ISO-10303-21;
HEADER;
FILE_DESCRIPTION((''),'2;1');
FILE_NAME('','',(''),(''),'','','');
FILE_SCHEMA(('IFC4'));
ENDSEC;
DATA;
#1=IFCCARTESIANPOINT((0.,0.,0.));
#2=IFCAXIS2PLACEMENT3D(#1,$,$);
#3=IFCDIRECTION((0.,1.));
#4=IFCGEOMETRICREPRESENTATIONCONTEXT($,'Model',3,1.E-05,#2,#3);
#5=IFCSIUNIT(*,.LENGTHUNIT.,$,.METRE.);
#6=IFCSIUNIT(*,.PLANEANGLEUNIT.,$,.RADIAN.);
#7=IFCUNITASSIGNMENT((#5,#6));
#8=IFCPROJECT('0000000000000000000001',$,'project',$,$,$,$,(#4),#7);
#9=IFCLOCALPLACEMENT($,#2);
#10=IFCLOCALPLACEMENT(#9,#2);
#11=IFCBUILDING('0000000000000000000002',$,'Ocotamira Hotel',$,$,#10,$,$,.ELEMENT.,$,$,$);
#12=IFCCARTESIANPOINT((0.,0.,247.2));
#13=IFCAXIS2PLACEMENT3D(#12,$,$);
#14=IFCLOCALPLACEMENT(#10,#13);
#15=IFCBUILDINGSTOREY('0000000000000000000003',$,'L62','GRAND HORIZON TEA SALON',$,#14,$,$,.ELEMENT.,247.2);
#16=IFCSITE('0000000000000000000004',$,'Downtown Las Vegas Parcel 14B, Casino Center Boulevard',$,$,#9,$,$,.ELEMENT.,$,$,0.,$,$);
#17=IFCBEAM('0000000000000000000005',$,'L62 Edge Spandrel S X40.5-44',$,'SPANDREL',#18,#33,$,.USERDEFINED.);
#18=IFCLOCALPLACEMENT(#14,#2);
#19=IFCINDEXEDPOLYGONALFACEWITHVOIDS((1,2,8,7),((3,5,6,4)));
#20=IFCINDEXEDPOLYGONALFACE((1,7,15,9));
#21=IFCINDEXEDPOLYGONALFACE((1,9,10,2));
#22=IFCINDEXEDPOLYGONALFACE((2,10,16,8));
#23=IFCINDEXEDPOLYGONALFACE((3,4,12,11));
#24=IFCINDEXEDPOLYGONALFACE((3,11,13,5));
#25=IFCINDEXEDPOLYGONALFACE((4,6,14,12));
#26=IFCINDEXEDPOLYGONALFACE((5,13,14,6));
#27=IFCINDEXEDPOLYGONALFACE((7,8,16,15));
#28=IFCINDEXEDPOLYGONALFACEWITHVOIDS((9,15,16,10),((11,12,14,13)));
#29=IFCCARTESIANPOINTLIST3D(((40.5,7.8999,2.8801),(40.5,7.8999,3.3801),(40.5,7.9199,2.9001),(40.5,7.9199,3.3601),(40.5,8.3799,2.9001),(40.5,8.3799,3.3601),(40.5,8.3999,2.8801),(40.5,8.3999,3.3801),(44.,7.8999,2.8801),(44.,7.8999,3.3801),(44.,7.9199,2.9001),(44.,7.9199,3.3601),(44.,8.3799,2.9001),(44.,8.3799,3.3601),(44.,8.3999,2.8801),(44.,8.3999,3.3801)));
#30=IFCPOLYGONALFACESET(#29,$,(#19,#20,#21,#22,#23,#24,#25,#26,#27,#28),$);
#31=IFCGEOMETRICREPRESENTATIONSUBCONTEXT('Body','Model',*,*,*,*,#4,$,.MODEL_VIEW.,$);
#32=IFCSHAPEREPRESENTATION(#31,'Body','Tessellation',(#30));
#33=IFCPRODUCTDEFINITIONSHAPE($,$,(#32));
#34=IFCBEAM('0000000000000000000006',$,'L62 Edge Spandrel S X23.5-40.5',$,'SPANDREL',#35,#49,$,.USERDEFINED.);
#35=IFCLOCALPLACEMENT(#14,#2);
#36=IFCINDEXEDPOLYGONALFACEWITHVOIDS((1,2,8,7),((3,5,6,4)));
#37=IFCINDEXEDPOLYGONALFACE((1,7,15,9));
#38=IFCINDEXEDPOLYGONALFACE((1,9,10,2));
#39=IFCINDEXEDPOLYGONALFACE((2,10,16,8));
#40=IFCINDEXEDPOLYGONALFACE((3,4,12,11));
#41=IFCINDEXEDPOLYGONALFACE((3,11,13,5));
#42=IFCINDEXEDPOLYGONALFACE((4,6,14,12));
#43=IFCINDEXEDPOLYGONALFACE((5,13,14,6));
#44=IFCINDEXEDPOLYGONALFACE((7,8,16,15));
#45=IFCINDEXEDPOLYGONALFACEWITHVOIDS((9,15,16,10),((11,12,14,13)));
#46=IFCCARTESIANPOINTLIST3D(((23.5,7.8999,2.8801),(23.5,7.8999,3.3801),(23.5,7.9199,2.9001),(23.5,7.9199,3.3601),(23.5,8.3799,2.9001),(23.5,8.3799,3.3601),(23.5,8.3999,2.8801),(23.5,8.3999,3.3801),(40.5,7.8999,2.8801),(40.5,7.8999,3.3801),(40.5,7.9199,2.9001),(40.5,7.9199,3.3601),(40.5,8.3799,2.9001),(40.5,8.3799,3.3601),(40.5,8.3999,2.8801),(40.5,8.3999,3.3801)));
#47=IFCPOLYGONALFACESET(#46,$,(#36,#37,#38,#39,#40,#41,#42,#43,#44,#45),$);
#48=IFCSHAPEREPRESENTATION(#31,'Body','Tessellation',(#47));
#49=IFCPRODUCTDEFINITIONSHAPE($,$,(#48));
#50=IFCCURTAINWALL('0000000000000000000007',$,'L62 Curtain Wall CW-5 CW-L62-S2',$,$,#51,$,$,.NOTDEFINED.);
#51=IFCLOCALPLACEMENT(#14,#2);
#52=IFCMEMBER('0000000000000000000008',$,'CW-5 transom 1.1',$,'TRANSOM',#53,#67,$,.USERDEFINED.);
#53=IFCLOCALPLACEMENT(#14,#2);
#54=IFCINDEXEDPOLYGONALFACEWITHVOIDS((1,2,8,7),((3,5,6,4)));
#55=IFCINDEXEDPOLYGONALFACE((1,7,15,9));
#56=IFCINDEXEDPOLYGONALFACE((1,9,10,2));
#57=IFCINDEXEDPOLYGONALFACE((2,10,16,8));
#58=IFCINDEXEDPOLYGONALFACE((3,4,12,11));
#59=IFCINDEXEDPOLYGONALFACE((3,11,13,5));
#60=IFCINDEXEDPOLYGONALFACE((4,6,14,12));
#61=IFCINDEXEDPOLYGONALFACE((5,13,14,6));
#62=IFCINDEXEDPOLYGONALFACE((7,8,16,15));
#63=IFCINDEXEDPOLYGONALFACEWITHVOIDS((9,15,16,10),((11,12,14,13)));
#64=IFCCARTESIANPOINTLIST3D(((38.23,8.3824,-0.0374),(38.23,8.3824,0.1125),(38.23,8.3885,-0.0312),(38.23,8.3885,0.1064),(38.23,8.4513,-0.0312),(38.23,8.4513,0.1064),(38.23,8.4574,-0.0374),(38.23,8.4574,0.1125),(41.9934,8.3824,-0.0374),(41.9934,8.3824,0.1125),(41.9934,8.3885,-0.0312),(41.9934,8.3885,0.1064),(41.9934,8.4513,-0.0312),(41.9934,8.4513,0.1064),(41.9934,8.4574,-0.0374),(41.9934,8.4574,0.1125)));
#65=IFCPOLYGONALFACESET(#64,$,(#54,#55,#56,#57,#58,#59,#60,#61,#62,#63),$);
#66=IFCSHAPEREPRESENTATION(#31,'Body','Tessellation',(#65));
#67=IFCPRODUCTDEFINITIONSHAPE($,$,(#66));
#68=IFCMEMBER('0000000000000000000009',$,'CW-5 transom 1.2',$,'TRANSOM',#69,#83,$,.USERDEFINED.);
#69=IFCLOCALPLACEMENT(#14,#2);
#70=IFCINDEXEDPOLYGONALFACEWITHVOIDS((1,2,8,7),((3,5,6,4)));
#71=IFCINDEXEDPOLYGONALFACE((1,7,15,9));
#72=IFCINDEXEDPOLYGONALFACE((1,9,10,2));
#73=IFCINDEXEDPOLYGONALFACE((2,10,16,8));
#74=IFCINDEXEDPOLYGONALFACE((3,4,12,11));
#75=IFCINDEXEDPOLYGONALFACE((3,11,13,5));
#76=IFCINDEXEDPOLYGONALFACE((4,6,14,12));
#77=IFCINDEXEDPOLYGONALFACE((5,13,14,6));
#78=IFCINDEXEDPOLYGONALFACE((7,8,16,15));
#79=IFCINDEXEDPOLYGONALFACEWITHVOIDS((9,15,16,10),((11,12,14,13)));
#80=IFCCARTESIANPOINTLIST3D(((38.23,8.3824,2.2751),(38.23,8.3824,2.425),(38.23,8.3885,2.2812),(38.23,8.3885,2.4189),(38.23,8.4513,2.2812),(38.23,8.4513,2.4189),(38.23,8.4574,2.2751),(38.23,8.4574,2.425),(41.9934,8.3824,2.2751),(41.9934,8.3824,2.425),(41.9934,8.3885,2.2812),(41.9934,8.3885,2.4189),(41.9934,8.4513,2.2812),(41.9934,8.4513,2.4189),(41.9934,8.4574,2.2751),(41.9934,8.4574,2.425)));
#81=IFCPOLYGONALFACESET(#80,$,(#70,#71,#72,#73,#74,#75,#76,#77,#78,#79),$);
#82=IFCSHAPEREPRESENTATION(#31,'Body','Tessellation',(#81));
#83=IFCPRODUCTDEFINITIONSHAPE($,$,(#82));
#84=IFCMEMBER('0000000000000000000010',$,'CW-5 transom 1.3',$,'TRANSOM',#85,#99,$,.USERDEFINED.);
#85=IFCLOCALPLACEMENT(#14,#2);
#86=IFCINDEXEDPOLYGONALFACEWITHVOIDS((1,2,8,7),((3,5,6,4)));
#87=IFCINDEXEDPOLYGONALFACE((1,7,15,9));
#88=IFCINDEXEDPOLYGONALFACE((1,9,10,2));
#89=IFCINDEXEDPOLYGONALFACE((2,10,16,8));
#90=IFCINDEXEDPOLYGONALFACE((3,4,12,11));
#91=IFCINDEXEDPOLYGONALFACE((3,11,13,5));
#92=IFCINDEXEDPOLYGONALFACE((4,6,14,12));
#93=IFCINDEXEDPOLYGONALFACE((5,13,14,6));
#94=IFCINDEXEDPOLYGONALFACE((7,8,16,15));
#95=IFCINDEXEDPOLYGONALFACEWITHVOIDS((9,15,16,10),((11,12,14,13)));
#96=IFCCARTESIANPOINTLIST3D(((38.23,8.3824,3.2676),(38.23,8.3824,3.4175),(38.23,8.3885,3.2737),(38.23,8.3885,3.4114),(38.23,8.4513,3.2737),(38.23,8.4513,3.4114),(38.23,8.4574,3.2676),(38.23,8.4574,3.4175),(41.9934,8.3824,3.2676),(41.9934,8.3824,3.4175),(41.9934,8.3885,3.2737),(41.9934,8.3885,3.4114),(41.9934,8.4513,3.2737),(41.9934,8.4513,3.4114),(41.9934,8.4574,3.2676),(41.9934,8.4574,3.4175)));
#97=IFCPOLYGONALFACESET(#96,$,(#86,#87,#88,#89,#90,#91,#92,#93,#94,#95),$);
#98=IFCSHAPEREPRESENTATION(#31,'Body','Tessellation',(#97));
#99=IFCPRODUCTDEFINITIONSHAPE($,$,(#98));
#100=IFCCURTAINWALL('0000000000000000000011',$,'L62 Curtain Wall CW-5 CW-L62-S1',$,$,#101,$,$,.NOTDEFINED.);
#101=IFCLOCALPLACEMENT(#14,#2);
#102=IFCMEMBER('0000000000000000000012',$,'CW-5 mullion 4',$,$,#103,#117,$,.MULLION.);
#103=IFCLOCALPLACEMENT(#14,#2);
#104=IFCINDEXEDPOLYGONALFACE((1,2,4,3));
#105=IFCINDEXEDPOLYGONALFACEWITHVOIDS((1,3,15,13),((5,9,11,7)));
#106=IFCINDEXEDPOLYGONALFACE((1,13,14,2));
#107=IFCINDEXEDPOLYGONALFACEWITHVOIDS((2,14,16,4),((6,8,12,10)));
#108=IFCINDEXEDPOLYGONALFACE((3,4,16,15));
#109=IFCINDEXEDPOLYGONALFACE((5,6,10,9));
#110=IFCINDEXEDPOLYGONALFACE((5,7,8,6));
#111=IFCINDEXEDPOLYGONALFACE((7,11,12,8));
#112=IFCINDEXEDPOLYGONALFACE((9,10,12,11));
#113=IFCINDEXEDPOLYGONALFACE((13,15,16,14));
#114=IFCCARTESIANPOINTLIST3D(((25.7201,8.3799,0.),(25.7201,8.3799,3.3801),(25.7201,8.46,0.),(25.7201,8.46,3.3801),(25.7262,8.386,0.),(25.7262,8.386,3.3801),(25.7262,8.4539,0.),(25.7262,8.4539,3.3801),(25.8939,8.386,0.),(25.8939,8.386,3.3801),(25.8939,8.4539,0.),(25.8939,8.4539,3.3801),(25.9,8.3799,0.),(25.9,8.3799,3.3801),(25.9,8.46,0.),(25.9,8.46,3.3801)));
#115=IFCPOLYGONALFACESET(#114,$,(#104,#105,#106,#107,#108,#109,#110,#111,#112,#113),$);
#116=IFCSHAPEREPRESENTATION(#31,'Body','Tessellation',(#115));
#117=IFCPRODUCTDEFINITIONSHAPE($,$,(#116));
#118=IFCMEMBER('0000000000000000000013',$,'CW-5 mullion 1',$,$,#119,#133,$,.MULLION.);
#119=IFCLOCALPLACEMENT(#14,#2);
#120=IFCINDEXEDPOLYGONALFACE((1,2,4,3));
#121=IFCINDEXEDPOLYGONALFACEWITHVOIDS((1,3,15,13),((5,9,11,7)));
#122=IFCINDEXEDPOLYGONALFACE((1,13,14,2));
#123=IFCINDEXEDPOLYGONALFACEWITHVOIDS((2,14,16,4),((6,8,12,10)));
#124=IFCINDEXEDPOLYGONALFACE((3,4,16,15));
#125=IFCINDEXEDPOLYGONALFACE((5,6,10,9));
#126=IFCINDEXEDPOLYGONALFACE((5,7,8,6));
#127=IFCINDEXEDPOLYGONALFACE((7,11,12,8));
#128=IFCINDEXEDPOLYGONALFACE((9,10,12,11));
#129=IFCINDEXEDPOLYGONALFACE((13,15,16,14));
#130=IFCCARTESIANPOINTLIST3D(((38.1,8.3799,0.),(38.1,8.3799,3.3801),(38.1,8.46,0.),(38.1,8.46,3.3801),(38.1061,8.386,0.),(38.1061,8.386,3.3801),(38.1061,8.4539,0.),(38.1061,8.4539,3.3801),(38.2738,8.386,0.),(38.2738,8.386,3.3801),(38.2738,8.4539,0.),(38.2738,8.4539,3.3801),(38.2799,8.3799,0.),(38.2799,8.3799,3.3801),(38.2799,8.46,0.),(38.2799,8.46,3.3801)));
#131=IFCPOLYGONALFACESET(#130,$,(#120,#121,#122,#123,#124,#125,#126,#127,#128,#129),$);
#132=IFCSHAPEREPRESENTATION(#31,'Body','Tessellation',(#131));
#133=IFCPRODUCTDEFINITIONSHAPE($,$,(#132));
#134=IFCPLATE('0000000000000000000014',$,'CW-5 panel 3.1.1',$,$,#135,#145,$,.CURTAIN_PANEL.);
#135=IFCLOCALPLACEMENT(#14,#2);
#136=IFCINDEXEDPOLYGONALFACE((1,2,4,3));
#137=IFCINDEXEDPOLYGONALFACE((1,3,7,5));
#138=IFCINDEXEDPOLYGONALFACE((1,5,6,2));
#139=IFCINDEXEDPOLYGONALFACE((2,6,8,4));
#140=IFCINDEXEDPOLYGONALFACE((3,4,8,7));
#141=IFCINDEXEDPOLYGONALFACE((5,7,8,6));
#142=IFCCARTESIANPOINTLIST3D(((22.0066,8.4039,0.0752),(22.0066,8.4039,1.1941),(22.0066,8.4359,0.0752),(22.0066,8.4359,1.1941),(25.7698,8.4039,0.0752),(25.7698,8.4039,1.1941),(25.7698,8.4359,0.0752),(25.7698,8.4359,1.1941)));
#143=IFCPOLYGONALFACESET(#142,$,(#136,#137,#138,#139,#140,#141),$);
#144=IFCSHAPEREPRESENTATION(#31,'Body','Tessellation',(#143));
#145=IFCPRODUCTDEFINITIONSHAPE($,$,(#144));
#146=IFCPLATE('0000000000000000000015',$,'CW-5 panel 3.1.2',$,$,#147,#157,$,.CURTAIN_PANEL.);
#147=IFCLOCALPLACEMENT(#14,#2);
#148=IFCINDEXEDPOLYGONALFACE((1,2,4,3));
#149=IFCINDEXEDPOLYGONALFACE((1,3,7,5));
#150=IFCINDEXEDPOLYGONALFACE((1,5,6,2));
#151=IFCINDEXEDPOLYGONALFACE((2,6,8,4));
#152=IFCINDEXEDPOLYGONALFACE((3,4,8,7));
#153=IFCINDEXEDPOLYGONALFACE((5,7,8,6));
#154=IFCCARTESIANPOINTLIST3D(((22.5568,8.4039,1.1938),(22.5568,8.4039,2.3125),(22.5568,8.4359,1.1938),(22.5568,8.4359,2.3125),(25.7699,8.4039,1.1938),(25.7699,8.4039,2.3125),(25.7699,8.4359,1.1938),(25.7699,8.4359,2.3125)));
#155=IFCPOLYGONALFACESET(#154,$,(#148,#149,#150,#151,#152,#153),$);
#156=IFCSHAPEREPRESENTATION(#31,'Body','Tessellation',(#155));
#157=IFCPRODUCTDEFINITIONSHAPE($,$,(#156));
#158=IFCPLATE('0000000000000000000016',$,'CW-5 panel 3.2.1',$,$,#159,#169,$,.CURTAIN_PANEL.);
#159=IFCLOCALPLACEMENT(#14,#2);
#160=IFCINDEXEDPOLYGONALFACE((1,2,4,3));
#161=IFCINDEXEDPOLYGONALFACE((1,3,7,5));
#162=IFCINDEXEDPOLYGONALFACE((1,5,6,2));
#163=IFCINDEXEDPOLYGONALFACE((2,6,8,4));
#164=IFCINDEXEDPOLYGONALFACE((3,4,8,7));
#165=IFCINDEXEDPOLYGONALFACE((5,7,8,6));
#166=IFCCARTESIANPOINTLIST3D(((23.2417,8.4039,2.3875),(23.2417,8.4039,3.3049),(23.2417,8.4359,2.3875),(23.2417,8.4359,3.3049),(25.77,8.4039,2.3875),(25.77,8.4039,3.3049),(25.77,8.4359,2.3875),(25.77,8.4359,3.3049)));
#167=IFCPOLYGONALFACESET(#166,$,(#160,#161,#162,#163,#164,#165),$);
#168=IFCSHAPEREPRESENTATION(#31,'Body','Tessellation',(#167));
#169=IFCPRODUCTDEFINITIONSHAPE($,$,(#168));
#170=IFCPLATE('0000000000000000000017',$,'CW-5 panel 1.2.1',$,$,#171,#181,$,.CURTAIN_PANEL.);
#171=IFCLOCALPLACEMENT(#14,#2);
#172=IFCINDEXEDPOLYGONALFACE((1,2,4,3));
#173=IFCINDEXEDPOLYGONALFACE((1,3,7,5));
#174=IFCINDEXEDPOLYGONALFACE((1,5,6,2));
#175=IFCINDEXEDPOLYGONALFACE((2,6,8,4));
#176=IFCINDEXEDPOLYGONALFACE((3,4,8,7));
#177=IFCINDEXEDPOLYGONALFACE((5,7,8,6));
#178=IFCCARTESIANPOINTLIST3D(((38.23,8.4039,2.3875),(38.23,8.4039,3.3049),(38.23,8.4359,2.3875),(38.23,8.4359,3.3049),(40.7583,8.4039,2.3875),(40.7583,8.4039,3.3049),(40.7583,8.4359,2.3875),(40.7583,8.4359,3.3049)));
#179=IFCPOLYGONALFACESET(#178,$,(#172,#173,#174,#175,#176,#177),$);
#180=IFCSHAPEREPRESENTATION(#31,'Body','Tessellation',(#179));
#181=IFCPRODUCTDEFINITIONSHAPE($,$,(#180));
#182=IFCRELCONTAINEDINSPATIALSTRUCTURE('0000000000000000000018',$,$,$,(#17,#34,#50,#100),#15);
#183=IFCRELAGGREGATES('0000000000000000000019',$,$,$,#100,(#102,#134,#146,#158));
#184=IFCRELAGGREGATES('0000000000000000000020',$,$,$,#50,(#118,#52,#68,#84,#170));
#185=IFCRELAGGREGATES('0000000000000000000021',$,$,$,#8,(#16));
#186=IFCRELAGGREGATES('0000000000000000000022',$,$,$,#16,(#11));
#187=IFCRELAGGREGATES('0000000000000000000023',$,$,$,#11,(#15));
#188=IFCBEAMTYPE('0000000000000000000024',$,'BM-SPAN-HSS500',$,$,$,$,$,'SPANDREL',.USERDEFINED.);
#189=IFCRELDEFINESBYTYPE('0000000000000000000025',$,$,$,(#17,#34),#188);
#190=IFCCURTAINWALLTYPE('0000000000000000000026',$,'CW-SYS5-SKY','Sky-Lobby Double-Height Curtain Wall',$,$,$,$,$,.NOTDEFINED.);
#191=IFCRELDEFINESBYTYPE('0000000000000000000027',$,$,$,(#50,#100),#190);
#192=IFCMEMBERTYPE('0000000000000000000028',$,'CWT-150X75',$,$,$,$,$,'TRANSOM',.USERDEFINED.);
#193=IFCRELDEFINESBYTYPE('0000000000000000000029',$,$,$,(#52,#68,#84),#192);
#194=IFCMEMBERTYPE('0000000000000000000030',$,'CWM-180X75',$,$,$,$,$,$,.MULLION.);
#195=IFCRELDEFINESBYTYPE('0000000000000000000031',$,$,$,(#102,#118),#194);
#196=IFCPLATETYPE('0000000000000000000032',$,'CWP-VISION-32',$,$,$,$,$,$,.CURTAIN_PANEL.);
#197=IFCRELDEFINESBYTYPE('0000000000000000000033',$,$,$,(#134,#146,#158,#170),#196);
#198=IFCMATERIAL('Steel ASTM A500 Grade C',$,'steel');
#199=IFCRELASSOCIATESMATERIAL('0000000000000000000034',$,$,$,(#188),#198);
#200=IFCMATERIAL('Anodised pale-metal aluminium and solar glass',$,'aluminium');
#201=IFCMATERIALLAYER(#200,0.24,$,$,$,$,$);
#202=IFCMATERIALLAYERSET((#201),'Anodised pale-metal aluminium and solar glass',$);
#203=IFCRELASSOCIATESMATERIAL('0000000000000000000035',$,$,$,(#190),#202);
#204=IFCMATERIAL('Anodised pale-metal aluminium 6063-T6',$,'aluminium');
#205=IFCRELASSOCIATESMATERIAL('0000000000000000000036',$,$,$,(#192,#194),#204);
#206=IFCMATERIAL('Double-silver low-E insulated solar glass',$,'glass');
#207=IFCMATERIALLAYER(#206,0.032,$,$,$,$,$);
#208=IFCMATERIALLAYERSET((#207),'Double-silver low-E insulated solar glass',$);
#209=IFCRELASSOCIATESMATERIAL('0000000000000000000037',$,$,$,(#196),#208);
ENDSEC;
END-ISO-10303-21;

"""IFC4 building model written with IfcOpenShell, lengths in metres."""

from ifc_helpers import new_model, si_unit, direction, frame, origin, origin_2d, place, context, subcontext, project, spatial, rectangle, hollow_rectangle, extrude, source, transform, mapped, material, layer, layer_set, material_profile, profile_set, type_object, element, aggregate, save


model = new_model("IFC4")

# Units and contexts
model_context = context("Model", 3, precision=1e-05, world=origin(), true_north=direction((0.0, 1.0)))
body_context = subcontext(model_context, "Body", "Model", "MODEL_VIEW")
ifc_project = project(units=[si_unit("LENGTHUNIT", "METRE"), si_unit("PLANEANGLEUNIT", "RADIAN")], contexts=[model_context])

# Site, building, storey
site_placement = place(None, origin())
site = spatial("IfcSite", under=ifc_project, at=site_placement, Name="Downtown Las Vegas Parcel 14B, Casino Center Boulevard", CompositionType="ELEMENT", RefElevation=0.0)
building_placement = place(site_placement, origin())
building = spatial("IfcBuilding", under=site, at=building_placement, Name="Ocotamira Hotel", CompositionType="ELEMENT")
storey_placement = place(building_placement, frame((0.0, 0.0, 247.2)))
storey = spatial("IfcBuildingStorey", under=building, at=storey_placement, Name="L62", Description="GRAND HORIZON TEA SALON", CompositionType="ELEMENT", Elevation=247.2)

# Beams
ifc_material_1 = material(Name="Steel ASTM A500 Grade C", Category="steel")
ifc_material_profile_1 = material_profile(ifc_material_1, hollow_rectangle(XDim=0.5, YDim=0.5, WallThickness=0.02, at=origin_2d()), Name="HSS500X500X20")
ifc_profile_set_1 = profile_set([ifc_material_profile_1], Name="Steel ASTM A500 Grade C")
beam_type = type_object("IfcBeamType", Name="BM-SPAN-HSS500", ElementType="SPANDREL", PredefinedType="USERDEFINED", material=ifc_profile_set_1)
shared_shape_1 = source(origin(), body_context, "Body", "SweptSolid", [
    extrude(hollow_rectangle(XDim=0.5, YDim=0.5, WallThickness=0.02, at=origin_2d()), origin(), (0.0, 0.0, 1.0), 3.5),
])
beam_1_placement = place(storey_placement, frame((40.5, 8.1499, 3.1301), z_axis=(1.0, 0.0, 0.0), x_axis=(0.0, 1.0, 0.0)))
element("IfcBeam", 1, at=beam_1_placement, inside=storey, type_object=beam_type, Name="L62 Edge Spandrel S X40.5-44", ObjectType="SPANDREL", PredefinedType="USERDEFINED", context=body_context, shape_type="MappedRepresentation", body=[
    mapped(shared_shape_1, transform((0.0, 0.0, 0.0), scale=1.0)),
])
shared_shape_2 = source(origin(), body_context, "Body", "SweptSolid", [
    extrude(hollow_rectangle(XDim=0.5, YDim=0.5, WallThickness=0.02, at=origin_2d()), origin(), (0.0, 0.0, 1.0), 17.0),
])
beam_2_placement = place(storey_placement, frame((23.5, 8.1499, 3.1301), z_axis=(1.0, 0.0, 0.0), x_axis=(0.0, 1.0, 0.0)))
element("IfcBeam", 2, at=beam_2_placement, inside=storey, type_object=beam_type, Name="L62 Edge Spandrel S X23.5-40.5", ObjectType="SPANDREL", PredefinedType="USERDEFINED", context=body_context, shape_type="MappedRepresentation", body=[
    mapped(shared_shape_2, transform((0.0, 0.0, 0.0), scale=1.0)),
])

# Curtain wall, members
ifc_material_2 = material(Name="Anodised pale-metal aluminium and solar glass", Category="aluminium")
ifc_layer_1 = layer(ifc_material_2, 0.24)
ifc_layer_set_1 = layer_set([ifc_layer_1], Name="Anodised pale-metal aluminium and solar glass")
curtain_wall_type = type_object("IfcCurtainWallType", Name="CW-SYS5-SKY", Description="Sky-Lobby Double-Height Curtain Wall", PredefinedType="NOTDEFINED", material=ifc_layer_set_1)
curtain_wall_1_placement = place(storey_placement, origin())
curtain_wall_1 = element("IfcCurtainWall", 3, at=curtain_wall_1_placement, inside=storey, type_object=curtain_wall_type, Name="L62 Curtain Wall CW-5 CW-L62-S2", PredefinedType="NOTDEFINED")
ifc_material_3 = material(Name="Anodised pale-metal aluminium 6063-T6", Category="aluminium")
ifc_material_profile_2 = material_profile(ifc_material_3, hollow_rectangle(XDim=0.075, YDim=0.1499, WallThickness=0.0061, at=origin_2d()), Name="HSS150X75X6")
ifc_profile_set_2 = profile_set([ifc_material_profile_2], Name="Anodised pale-metal aluminium 6063-T6")
member_type_1 = type_object("IfcMemberType", Name="CWT-150X75", ElementType="TRANSOM", PredefinedType="USERDEFINED", material=ifc_profile_set_2)
shared_shape_3 = source(origin(), body_context, "Body", "SweptSolid", [
    extrude(hollow_rectangle(XDim=0.075, YDim=0.1499, WallThickness=0.0061, at=origin_2d()), origin(), (0.0, 0.0, 1.0), 3.7634),
])
member_1_placement = place(storey_placement, frame((38.23, 8.4199, 0.0376), z_axis=(1.0, 0.0, 0.0), x_axis=(0.0, 1.0, 0.0)))
member_1 = element("IfcMember", 4, at=member_1_placement, type_object=member_type_1, Name="CW-5 transom 1.1", ObjectType="TRANSOM", PredefinedType="USERDEFINED", context=body_context, shape_type="MappedRepresentation", body=[
    mapped(shared_shape_3, transform((0.0, 0.0, 0.0), scale=1.0)),
])
member_2_placement = place(storey_placement, frame((38.23, 8.4199, 2.3501), z_axis=(1.0, 0.0, 0.0), x_axis=(0.0, 1.0, 0.0)))
member_2 = element("IfcMember", 5, at=member_2_placement, type_object=member_type_1, Name="CW-5 transom 1.2", ObjectType="TRANSOM", PredefinedType="USERDEFINED", context=body_context, shape_type="MappedRepresentation", body=[
    mapped(shared_shape_3, transform((0.0, 0.0, 0.0), scale=1.0)),
])
member_3_placement = place(storey_placement, frame((38.23, 8.4199, 3.3425), z_axis=(1.0, 0.0, 0.0), x_axis=(0.0, 1.0, 0.0)))
member_3 = element("IfcMember", 6, at=member_3_placement, type_object=member_type_1, Name="CW-5 transom 1.3", ObjectType="TRANSOM", PredefinedType="USERDEFINED", context=body_context, shape_type="MappedRepresentation", body=[
    mapped(shared_shape_3, transform((0.0, 0.0, 0.0), scale=1.0)),
])

# Curtain wall, member
curtain_wall_2_placement = place(storey_placement, origin())
curtain_wall_2 = element("IfcCurtainWall", 7, at=curtain_wall_2_placement, inside=storey, type_object=curtain_wall_type, Name="L62 Curtain Wall CW-5 CW-L62-S1", PredefinedType="NOTDEFINED")
ifc_material_profile_3 = material_profile(ifc_material_3, hollow_rectangle(XDim=0.0801, YDim=0.1799, WallThickness=0.0061, at=origin_2d()), Name="HSS180X80X6")
ifc_profile_set_3 = profile_set([ifc_material_profile_3], Name="Anodised pale-metal aluminium 6063-T6")
member_type_2 = type_object("IfcMemberType", Name="CWM-180X75", PredefinedType="MULLION", material=ifc_profile_set_3)
shared_shape_4 = source(origin(), body_context, "Body", "SweptSolid", [
    extrude(hollow_rectangle(XDim=0.0801, YDim=0.1799, WallThickness=0.0061, at=origin_2d()), origin(), (0.0, 0.0, 1.0), 3.3801),
])
member_4_placement = place(storey_placement, frame((25.8101, 8.4199, 0.0), z_axis=(0.0, 0.0, 1.0), x_axis=(0.0, 1.0, 0.0)))
member_4 = element("IfcMember", 8, at=member_4_placement, type_object=member_type_2, Name="CW-5 mullion 4", PredefinedType="MULLION", context=body_context, shape_type="MappedRepresentation", body=[
    mapped(shared_shape_4, transform((0.0, 0.0, 0.0), scale=1.0)),
])

# Member
member_5_placement = place(storey_placement, frame((38.1899, 8.4199, 0.0), z_axis=(0.0, 0.0, 1.0), x_axis=(0.0, 1.0, 0.0)))
member_5 = element("IfcMember", 9, at=member_5_placement, type_object=member_type_2, Name="CW-5 mullion 1", PredefinedType="MULLION", context=body_context, shape_type="MappedRepresentation", body=[
    mapped(shared_shape_4, transform((0.0, 0.0, 0.0), scale=1.0)),
])

# Plates
ifc_material_4 = material(Name="Double-silver low-E insulated solar glass", Category="glass")
ifc_layer_2 = layer(ifc_material_4, 0.032)
ifc_layer_set_2 = layer_set([ifc_layer_2], Name="Double-silver low-E insulated solar glass")
plate_type = type_object("IfcPlateType", Name="CWP-VISION-32", PredefinedType="CURTAIN_PANEL", material=ifc_layer_set_2)
shared_shape_5 = source(origin(), body_context, "Body", "SweptSolid", [
    extrude(rectangle(XDim=3.7632, YDim=0.032, at=origin_2d()), origin(), (0.0, 0.0, 1.0), 1.1189),
])
plate_1_placement = place(storey_placement, frame((23.8882, 8.4199, 0.0752), z_axis=(0.0, 0.0, 1.0), x_axis=(1.0, 0.0, 0.0)))
plate_1 = element("IfcPlate", 10, at=plate_1_placement, type_object=plate_type, Name="CW-5 panel 3.1.1", PredefinedType="CURTAIN_PANEL", context=body_context, shape_type="MappedRepresentation", body=[
    mapped(shared_shape_5, transform((0.0, 0.0, 0.0), scale=1.0)),
])
shared_shape_6 = source(origin(), body_context, "Body", "SweptSolid", [
    extrude(rectangle(XDim=3.2131, YDim=0.032, at=origin_2d()), origin(), (0.0, 0.0, 1.0), 1.1187),
])
plate_2_placement = place(storey_placement, frame((24.1633, 8.4199, 1.1938), z_axis=(0.0, 0.0, 1.0), x_axis=(1.0, 0.0, 0.0)))
plate_2 = element("IfcPlate", 11, at=plate_2_placement, type_object=plate_type, Name="CW-5 panel 3.1.2", PredefinedType="CURTAIN_PANEL", context=body_context, shape_type="MappedRepresentation", body=[
    mapped(shared_shape_6, transform((0.0, 0.0, 0.0), scale=1.0)),
])
shared_shape_7 = source(origin(), body_context, "Body", "SweptSolid", [
    extrude(rectangle(XDim=2.5283, YDim=0.032, at=origin_2d()), origin(), (0.0, 0.0, 1.0), 0.9175),
])
plate_3_placement = place(storey_placement, frame((24.5059, 8.4199, 2.3875), z_axis=(0.0, 0.0, 1.0), x_axis=(1.0, 0.0, 0.0)))
plate_3 = element("IfcPlate", 12, at=plate_3_placement, type_object=plate_type, Name="CW-5 panel 3.2.1", PredefinedType="CURTAIN_PANEL", context=body_context, shape_type="MappedRepresentation", body=[
    mapped(shared_shape_7, transform((0.0, 0.0, 0.0), scale=1.0)),
])
aggregate(curtain_wall_2, [member_4, plate_1, plate_2, plate_3])
plate_4_placement = place(storey_placement, frame((39.4941, 8.4199, 2.3875), z_axis=(0.0, 0.0, 1.0), x_axis=(1.0, 0.0, 0.0)))
plate_4 = element("IfcPlate", 13, at=plate_4_placement, type_object=plate_type, Name="CW-5 panel 1.2.1", PredefinedType="CURTAIN_PANEL", context=body_context, shape_type="MappedRepresentation", body=[
    mapped(shared_shape_7, transform((0.0, 0.0, 0.0), scale=1.0)),
])
aggregate(curtain_wall_1, [member_5, member_1, member_2, member_3, plate_4])

save(model, "model.ifc")
